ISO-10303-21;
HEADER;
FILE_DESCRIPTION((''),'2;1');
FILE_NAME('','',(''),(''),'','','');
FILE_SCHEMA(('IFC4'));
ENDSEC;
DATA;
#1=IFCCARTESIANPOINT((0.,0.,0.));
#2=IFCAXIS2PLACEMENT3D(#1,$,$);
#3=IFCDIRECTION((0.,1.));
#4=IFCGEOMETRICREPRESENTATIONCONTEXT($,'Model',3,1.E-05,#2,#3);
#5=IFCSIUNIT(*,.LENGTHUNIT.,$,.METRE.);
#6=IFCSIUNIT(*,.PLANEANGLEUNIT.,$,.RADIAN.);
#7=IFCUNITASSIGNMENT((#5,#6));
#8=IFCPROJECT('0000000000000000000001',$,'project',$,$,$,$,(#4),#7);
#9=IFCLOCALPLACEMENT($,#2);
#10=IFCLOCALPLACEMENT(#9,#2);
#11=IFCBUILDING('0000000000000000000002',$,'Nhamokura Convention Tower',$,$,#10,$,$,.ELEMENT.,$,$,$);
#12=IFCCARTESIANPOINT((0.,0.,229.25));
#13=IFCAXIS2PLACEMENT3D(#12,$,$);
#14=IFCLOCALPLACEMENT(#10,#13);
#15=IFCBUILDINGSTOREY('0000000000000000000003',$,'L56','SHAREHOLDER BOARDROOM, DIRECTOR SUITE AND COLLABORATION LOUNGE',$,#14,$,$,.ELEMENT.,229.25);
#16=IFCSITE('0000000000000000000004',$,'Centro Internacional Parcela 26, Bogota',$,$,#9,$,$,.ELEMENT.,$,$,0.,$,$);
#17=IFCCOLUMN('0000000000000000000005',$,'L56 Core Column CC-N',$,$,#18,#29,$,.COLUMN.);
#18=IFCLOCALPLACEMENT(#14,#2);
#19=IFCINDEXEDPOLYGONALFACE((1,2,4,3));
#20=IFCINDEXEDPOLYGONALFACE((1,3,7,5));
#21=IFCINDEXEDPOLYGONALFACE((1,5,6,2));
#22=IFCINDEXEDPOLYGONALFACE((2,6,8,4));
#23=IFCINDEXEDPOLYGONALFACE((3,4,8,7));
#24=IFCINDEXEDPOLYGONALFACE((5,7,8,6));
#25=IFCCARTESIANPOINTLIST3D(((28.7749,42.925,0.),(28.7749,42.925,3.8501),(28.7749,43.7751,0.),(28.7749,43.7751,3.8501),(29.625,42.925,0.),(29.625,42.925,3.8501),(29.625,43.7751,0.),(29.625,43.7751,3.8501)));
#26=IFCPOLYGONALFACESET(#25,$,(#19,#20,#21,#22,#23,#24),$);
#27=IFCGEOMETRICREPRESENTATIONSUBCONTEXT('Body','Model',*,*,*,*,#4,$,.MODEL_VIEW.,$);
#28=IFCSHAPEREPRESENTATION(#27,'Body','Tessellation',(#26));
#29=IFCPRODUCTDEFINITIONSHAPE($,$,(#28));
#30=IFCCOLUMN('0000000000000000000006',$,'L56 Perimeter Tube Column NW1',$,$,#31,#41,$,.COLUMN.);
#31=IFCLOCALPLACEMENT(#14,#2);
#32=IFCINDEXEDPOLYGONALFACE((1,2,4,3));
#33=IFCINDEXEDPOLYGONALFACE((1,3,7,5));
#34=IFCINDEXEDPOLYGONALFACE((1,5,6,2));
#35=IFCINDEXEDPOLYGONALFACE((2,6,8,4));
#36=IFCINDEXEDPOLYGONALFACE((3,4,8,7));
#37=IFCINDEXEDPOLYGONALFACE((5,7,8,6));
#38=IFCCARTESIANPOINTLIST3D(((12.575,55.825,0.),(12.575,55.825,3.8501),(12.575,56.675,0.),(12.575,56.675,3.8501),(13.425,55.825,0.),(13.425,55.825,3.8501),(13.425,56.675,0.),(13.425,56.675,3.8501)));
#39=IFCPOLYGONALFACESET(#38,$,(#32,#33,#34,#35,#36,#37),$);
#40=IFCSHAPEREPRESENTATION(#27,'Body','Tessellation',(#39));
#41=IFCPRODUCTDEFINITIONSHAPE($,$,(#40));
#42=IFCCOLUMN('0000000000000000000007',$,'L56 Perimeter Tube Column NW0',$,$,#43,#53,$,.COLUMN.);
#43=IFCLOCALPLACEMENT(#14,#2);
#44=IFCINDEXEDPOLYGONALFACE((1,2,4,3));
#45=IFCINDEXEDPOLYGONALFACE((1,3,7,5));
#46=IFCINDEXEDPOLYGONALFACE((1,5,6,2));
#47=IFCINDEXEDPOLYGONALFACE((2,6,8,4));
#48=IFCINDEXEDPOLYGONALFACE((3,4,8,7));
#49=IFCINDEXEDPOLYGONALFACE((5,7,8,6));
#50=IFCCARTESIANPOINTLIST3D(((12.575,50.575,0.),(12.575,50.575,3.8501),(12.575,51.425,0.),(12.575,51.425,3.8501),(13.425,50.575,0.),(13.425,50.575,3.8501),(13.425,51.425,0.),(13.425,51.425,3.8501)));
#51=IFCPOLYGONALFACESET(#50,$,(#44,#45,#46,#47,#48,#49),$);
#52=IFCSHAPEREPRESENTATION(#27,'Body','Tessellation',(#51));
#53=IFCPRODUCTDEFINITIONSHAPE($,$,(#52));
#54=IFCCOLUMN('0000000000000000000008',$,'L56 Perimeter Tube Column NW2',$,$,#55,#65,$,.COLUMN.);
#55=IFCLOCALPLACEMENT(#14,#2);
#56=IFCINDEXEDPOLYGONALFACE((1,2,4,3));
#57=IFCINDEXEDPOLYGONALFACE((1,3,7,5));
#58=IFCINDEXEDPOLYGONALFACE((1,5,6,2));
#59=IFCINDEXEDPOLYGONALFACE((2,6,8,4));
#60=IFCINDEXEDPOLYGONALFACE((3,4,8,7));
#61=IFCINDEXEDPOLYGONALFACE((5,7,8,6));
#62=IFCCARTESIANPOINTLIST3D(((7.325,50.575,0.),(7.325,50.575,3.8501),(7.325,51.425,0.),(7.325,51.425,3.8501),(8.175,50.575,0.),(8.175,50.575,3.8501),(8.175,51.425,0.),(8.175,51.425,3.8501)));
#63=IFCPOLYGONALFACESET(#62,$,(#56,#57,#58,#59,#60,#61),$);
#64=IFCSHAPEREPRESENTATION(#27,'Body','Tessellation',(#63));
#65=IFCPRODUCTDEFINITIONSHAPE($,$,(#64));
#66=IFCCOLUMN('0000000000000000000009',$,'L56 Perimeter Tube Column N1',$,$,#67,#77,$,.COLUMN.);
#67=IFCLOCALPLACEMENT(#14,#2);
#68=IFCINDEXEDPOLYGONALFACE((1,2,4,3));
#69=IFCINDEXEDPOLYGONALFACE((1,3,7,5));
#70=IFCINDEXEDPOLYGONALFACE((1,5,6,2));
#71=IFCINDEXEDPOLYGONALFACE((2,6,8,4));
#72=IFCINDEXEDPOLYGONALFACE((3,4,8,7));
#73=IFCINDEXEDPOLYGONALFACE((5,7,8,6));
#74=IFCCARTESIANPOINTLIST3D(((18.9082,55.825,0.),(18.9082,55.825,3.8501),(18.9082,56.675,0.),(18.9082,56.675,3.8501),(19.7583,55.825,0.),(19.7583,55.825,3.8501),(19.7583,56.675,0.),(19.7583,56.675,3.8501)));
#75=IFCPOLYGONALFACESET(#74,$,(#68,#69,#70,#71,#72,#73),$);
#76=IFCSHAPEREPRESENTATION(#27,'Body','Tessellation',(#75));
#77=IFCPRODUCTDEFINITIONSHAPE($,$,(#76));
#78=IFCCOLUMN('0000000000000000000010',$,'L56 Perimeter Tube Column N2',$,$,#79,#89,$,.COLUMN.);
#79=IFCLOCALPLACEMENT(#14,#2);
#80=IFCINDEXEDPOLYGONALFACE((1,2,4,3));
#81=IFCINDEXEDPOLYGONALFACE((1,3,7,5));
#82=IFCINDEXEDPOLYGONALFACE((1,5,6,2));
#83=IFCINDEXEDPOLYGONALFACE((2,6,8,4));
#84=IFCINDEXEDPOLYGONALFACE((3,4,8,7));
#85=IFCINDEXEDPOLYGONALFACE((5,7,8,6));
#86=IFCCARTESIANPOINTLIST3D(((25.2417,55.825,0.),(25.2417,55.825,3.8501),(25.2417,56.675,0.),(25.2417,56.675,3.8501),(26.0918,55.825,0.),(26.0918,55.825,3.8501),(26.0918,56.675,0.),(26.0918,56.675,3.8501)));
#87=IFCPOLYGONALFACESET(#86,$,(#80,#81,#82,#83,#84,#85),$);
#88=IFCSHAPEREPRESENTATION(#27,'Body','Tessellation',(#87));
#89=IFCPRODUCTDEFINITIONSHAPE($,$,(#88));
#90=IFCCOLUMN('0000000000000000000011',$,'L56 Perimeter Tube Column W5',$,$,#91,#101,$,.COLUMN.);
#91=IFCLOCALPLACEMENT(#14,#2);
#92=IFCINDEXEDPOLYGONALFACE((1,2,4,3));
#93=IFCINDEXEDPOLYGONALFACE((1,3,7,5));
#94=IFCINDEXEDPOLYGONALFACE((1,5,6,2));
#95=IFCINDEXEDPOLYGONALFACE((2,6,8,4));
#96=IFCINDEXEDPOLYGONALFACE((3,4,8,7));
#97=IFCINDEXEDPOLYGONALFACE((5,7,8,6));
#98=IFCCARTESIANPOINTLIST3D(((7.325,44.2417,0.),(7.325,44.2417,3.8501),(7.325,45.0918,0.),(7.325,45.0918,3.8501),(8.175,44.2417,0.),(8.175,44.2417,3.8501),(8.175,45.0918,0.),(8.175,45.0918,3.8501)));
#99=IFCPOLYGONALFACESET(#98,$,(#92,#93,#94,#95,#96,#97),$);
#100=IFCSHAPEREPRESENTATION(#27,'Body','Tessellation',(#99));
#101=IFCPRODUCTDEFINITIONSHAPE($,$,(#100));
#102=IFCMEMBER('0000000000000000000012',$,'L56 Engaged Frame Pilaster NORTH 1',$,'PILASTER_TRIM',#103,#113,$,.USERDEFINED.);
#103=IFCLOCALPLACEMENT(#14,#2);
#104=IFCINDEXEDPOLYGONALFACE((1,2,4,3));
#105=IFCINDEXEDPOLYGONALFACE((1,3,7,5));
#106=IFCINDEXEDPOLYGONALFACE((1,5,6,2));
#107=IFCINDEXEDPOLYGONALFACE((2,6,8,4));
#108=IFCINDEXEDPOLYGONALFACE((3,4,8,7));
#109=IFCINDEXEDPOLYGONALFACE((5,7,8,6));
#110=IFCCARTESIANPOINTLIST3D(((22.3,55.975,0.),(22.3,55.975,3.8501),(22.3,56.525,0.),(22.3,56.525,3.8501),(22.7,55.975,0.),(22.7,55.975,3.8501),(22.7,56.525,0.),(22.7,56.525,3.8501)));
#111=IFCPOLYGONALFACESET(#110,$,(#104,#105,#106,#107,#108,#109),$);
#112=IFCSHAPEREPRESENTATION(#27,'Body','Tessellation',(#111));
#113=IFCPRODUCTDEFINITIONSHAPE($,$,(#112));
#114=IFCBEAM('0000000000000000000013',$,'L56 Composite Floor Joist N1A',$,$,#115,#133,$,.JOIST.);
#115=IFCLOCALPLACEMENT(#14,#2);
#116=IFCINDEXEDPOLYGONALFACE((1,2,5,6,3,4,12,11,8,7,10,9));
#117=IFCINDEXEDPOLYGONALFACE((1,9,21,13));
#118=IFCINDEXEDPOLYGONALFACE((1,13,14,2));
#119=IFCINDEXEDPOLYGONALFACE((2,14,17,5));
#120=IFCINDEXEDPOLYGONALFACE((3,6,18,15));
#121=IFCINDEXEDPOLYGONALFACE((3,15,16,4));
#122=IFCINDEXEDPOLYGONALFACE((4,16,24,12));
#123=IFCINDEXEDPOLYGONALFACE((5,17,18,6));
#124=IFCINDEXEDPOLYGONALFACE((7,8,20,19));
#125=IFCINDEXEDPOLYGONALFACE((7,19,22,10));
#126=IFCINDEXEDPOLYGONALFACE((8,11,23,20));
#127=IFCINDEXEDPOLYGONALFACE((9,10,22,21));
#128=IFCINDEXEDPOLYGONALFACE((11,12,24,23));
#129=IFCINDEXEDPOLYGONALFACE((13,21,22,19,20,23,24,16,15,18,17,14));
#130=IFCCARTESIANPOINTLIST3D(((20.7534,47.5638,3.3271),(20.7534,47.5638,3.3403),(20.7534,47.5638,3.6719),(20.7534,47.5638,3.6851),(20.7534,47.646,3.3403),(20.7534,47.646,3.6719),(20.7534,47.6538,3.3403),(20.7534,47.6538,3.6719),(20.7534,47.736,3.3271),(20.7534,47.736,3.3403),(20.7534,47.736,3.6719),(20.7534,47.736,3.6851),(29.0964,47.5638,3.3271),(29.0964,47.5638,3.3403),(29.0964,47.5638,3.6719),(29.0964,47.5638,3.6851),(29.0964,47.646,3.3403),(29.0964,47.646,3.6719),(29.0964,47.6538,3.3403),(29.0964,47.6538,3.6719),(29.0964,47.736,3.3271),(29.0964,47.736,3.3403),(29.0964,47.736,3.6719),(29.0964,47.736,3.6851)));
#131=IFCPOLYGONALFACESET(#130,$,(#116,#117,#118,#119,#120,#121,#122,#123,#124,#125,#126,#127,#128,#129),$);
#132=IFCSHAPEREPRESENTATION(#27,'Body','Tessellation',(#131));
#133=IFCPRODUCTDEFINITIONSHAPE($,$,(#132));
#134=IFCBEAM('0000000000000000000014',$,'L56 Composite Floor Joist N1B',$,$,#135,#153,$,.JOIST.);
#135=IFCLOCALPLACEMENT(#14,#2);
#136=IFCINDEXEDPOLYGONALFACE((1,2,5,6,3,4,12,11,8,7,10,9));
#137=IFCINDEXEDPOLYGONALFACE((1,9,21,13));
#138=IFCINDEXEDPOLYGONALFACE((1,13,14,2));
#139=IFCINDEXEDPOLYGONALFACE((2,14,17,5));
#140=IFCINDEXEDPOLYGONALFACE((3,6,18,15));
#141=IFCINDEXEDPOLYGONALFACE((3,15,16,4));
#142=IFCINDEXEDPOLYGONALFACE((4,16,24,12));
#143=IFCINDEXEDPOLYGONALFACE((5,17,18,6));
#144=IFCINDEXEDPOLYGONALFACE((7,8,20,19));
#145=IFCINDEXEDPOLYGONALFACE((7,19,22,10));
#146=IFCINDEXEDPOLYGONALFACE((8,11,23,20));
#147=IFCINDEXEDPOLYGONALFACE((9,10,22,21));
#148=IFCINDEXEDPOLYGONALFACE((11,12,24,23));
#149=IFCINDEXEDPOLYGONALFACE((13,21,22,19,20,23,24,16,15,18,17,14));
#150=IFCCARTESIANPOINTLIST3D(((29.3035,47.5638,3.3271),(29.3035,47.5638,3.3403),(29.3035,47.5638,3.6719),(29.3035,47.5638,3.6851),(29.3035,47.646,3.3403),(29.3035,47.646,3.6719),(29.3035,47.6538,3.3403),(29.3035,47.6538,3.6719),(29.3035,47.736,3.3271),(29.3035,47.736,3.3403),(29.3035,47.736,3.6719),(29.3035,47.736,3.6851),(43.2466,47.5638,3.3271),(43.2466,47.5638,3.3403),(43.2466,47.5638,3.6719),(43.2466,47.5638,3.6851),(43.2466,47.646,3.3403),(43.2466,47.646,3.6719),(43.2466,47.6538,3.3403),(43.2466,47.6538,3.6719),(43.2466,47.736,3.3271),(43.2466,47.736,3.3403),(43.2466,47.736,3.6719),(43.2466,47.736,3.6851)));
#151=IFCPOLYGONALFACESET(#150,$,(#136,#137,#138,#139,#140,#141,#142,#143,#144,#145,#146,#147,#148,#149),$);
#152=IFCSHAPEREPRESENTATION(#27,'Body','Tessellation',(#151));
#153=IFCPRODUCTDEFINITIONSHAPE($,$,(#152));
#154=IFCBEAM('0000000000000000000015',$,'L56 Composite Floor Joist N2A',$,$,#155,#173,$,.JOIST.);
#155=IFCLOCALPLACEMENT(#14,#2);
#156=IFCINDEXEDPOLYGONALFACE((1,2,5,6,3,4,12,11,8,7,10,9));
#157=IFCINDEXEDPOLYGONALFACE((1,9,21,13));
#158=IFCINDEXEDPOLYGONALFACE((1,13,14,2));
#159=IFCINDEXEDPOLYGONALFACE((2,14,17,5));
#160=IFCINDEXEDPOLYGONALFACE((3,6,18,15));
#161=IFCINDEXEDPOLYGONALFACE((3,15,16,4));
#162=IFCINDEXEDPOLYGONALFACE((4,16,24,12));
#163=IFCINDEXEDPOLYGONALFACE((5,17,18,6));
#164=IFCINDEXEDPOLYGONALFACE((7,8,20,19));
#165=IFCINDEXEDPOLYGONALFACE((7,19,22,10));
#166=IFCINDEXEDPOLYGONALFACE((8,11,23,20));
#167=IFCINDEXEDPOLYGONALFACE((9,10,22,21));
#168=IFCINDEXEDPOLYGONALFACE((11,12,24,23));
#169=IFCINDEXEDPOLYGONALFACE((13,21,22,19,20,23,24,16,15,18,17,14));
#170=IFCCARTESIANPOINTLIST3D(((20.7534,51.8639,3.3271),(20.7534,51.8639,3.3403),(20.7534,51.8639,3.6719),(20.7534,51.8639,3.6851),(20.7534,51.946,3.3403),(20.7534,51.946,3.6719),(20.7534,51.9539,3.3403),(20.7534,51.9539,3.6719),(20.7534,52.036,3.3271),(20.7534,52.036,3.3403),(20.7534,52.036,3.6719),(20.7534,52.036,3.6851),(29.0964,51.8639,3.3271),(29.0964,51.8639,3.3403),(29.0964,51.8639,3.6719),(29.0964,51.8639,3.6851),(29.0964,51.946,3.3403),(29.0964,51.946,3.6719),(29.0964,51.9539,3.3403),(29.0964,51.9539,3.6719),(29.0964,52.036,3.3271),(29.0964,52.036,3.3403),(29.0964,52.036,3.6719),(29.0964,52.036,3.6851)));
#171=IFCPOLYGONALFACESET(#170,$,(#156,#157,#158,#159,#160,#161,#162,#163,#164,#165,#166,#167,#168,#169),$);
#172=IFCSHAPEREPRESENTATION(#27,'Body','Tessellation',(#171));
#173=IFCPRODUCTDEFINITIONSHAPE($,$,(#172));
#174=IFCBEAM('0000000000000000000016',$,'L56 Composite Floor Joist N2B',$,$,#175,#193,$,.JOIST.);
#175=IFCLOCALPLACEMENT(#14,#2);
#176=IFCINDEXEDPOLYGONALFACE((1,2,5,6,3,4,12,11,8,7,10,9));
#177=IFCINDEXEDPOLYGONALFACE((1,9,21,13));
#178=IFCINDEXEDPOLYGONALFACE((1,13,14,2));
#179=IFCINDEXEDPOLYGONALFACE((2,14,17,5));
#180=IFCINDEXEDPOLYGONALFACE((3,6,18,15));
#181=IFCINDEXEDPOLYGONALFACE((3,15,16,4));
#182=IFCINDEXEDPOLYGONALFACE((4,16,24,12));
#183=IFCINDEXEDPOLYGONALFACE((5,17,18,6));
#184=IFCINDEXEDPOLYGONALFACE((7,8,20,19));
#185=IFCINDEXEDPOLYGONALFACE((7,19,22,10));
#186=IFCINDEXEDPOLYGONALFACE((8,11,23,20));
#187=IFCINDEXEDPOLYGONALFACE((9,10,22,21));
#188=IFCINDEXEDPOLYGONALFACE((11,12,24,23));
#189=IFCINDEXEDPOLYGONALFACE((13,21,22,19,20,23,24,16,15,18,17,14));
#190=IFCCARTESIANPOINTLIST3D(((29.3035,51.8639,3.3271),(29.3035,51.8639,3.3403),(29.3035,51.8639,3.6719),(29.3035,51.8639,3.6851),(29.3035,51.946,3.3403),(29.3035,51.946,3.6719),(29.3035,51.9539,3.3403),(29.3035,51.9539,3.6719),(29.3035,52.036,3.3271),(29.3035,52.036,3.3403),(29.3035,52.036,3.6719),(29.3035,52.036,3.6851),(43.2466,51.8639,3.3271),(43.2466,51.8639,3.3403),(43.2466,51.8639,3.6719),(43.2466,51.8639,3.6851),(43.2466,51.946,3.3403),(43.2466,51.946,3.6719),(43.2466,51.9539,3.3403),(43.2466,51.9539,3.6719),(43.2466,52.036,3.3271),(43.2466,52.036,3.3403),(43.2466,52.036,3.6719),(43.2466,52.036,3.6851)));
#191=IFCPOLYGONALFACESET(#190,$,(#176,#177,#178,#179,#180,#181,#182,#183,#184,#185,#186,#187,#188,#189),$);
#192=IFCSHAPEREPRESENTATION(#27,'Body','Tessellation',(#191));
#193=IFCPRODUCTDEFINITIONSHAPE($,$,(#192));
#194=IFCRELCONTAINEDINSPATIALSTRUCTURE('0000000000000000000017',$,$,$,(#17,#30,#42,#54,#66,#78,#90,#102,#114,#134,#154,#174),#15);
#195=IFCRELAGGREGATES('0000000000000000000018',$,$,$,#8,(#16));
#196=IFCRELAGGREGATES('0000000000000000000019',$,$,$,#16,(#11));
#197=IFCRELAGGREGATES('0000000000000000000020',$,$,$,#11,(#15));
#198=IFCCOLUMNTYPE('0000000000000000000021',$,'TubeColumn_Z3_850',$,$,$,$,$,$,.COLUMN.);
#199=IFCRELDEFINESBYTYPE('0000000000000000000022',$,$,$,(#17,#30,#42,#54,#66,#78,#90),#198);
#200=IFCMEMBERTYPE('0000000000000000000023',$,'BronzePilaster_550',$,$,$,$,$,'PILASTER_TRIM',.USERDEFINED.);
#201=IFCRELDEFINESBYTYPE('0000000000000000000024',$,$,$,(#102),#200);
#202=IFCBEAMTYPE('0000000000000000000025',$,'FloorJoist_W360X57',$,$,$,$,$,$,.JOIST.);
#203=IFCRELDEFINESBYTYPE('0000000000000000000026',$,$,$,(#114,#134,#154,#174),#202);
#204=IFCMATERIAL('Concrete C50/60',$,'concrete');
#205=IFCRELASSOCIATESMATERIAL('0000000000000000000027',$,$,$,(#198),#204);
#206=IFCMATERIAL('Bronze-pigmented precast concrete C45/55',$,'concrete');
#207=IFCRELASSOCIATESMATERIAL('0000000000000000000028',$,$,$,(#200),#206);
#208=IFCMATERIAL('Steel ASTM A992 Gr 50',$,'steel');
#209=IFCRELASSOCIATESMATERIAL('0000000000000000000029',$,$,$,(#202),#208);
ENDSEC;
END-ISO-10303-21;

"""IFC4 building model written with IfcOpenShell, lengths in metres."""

from ifc_helpers import new_model, si_unit, direction, frame, origin, origin_2d, place, context, subcontext, project, spatial, rectangle, i_section, extrude, material, material_profile, profile_set, type_object, element, save


model = new_model("IFC4")

# Units and contexts
model_context = context("Model", 3, precision=1e-05, world=origin(), true_north=direction((0.0, 1.0)))
body_context = subcontext(model_context, "Body", "Model", "MODEL_VIEW")
ifc_project = project(units=[si_unit("LENGTHUNIT", "METRE"), si_unit("PLANEANGLEUNIT", "RADIAN")], contexts=[model_context])

# Site, building, storey
site_placement = place(None, origin())
site = spatial("IfcSite", under=ifc_project, at=site_placement, Name="Centro Internacional Parcela 26, Bogota", CompositionType="ELEMENT", RefElevation=0.0)
building_placement = place(site_placement, origin())
building = spatial("IfcBuilding", under=site, at=building_placement, Name="Nhamokura Convention Tower", CompositionType="ELEMENT")
storey_placement = place(building_placement, frame((0.0, 0.0, 229.25)))
storey = spatial("IfcBuildingStorey", under=building, at=storey_placement, Name="L56", Description="SHAREHOLDER BOARDROOM, DIRECTOR SUITE AND COLLABORATION LOUNGE", CompositionType="ELEMENT", Elevation=229.25)

# Columns
ifc_material_1 = material(Name="Concrete C50/60", Category="concrete")
ifc_material_profile_1 = material_profile(ifc_material_1, rectangle(XDim=0.8501, YDim=0.8501, at=origin_2d()))
ifc_profile_set_1 = profile_set([ifc_material_profile_1], Name="Concrete C50/60")
column_type = type_object("IfcColumnType", Name="TubeColumn_Z3_850", PredefinedType="COLUMN", material=ifc_profile_set_1)
for number, where, z_axis, x_axis, name in (
    (1, (29.2, 43.3501, 0.0), (0.0, 0.0, 1.0), (1.0, 0.0, 0.0), "L56 Core Column CC-N"),
    (2, (13.0, 56.25, 0.0), (0.0, 0.0, 1.0), (1.0, 0.0, 0.0), "L56 Perimeter Tube Column NW1"),
    (3, (13.0, 51.0, 0.0), (0.0, 0.0, 1.0), (1.0, 0.0, 0.0), "L56 Perimeter Tube Column NW0"),
    (4, (7.75, 51.0, 0.0), (0.0, 0.0, 1.0), (1.0, 0.0, 0.0), "L56 Perimeter Tube Column NW2"),
    (5, (19.3333, 56.25, 0.0), (0.0, 0.0, 1.0), (1.0, 0.0, 0.0), "L56 Perimeter Tube Column N1"),
    (6, (25.6667, 56.25, 0.0), (0.0, 0.0, 1.0), (1.0, 0.0, 0.0), "L56 Perimeter Tube Column N2"),
    (7, (7.75, 44.6667, 0.0), (0.0, 0.0, 1.0), (1.0, 0.0, 0.0), "L56 Perimeter Tube Column W5"),
):
    element("IfcColumn", number, at=place(storey_placement, frame(where, z_axis=z_axis, x_axis=x_axis)), inside=storey, type_object=column_type, Name=name, PredefinedType="COLUMN", context=body_context, shape_type="SweptSolid", body=[
        extrude(rectangle(XDim=0.8501, YDim=0.8501, at=origin_2d()), origin(), (0.0, 0.0, 1.0), 3.8501),
    ])

# Member
ifc_material_2 = material(Name="Bronze-pigmented precast concrete C45/55", Category="concrete")
ifc_material_profile_2 = material_profile(ifc_material_2, rectangle(XDim=0.3999, YDim=0.55, at=origin_2d()))
ifc_profile_set_2 = profile_set([ifc_material_profile_2], Name="Bronze-pigmented precast concrete C45/55")
member_type_1 = type_object("IfcMemberType", Name="BronzePilaster_550", ElementType="PILASTER_TRIM", PredefinedType="USERDEFINED", material=ifc_profile_set_2)
member_placement = place(storey_placement, frame((22.5, 56.25, 0.0), z_axis=(0.0, 0.0, 1.0), x_axis=(1.0, 0.0, 0.0)))
element("IfcMember", 8, at=member_placement, inside=storey, type_object=member_type_1, Name="L56 Engaged Frame Pilaster NORTH 1", ObjectType="PILASTER_TRIM", PredefinedType="USERDEFINED", context=body_context, shape_type="SweptSolid", body=[
    extrude(rectangle(XDim=0.3999, YDim=0.55, at=origin_2d()), origin(), (0.0, 0.0, 1.0), 3.8501),
])

# Beams
ifc_material_3 = material(Name="Steel ASTM A992 Gr 50", Category="steel")
ifc_material_profile_3 = material_profile(ifc_material_3, i_section(OverallWidth=0.1721, OverallDepth=0.3579, WebThickness=0.0078, FlangeThickness=0.0132, at=origin_2d()))
ifc_profile_set_3 = profile_set([ifc_material_profile_3], Name="Steel ASTM A992 Gr 50")
beam_type_1 = type_object("IfcBeamType", Name="FloorJoist_W360X57", PredefinedType="JOIST", material=ifc_profile_set_3)
beam_1_placement = place(storey_placement, frame((20.7534, 47.6499, 3.5061), z_axis=(1.0, 0.0, 0.0), x_axis=(0.0, 1.0, 0.0)))
element("IfcBeam", 9, at=beam_1_placement, inside=storey, type_object=beam_type_1, Name="L56 Composite Floor Joist N1A", PredefinedType="JOIST", context=body_context, shape_type="SweptSolid", body=[
    extrude(i_section(OverallWidth=0.1721, OverallDepth=0.3579, WebThickness=0.0078, FlangeThickness=0.0132, at=origin_2d()), origin(), (0.0, 0.0, 1.0), 8.343),
])
beam_2_placement = place(storey_placement, frame((29.3035, 47.6499, 3.5061), z_axis=(1.0, 0.0, 0.0), x_axis=(0.0, 1.0, 0.0)))
element("IfcBeam", 10, at=beam_2_placement, inside=storey, type_object=beam_type_1, Name="L56 Composite Floor Joist N1B", PredefinedType="JOIST", context=body_context, shape_type="SweptSolid", body=[
    extrude(i_section(OverallWidth=0.1721, OverallDepth=0.3579, WebThickness=0.0078, FlangeThickness=0.0132, at=origin_2d()), origin(), (0.0, 0.0, 1.0), 13.9431),
])
beam_3_placement = place(storey_placement, frame((20.7534, 51.95, 3.5061), z_axis=(1.0, 0.0, 0.0), x_axis=(0.0, 1.0, 0.0)))
element("IfcBeam", 11, at=beam_3_placement, inside=storey, type_object=beam_type_1, Name="L56 Composite Floor Joist N2A", PredefinedType="JOIST", context=body_context, shape_type="SweptSolid", body=[
    extrude(i_section(OverallWidth=0.1721, OverallDepth=0.3579, WebThickness=0.0078, FlangeThickness=0.0132, at=origin_2d()), origin(), (0.0, 0.0, 1.0), 8.343),
])
beam_4_placement = place(storey_placement, frame((29.3035, 51.95, 3.5061), z_axis=(1.0, 0.0, 0.0), x_axis=(0.0, 1.0, 0.0)))
element("IfcBeam", 12, at=beam_4_placement, inside=storey, type_object=beam_type_1, Name="L56 Composite Floor Joist N2B", PredefinedType="JOIST", context=body_context, shape_type="SweptSolid", body=[
    extrude(i_section(OverallWidth=0.1721, OverallDepth=0.3579, WebThickness=0.0078, FlangeThickness=0.0132, at=origin_2d()), origin(), (0.0, 0.0, 1.0), 13.9431),
])

save(model, "model.ifc")
